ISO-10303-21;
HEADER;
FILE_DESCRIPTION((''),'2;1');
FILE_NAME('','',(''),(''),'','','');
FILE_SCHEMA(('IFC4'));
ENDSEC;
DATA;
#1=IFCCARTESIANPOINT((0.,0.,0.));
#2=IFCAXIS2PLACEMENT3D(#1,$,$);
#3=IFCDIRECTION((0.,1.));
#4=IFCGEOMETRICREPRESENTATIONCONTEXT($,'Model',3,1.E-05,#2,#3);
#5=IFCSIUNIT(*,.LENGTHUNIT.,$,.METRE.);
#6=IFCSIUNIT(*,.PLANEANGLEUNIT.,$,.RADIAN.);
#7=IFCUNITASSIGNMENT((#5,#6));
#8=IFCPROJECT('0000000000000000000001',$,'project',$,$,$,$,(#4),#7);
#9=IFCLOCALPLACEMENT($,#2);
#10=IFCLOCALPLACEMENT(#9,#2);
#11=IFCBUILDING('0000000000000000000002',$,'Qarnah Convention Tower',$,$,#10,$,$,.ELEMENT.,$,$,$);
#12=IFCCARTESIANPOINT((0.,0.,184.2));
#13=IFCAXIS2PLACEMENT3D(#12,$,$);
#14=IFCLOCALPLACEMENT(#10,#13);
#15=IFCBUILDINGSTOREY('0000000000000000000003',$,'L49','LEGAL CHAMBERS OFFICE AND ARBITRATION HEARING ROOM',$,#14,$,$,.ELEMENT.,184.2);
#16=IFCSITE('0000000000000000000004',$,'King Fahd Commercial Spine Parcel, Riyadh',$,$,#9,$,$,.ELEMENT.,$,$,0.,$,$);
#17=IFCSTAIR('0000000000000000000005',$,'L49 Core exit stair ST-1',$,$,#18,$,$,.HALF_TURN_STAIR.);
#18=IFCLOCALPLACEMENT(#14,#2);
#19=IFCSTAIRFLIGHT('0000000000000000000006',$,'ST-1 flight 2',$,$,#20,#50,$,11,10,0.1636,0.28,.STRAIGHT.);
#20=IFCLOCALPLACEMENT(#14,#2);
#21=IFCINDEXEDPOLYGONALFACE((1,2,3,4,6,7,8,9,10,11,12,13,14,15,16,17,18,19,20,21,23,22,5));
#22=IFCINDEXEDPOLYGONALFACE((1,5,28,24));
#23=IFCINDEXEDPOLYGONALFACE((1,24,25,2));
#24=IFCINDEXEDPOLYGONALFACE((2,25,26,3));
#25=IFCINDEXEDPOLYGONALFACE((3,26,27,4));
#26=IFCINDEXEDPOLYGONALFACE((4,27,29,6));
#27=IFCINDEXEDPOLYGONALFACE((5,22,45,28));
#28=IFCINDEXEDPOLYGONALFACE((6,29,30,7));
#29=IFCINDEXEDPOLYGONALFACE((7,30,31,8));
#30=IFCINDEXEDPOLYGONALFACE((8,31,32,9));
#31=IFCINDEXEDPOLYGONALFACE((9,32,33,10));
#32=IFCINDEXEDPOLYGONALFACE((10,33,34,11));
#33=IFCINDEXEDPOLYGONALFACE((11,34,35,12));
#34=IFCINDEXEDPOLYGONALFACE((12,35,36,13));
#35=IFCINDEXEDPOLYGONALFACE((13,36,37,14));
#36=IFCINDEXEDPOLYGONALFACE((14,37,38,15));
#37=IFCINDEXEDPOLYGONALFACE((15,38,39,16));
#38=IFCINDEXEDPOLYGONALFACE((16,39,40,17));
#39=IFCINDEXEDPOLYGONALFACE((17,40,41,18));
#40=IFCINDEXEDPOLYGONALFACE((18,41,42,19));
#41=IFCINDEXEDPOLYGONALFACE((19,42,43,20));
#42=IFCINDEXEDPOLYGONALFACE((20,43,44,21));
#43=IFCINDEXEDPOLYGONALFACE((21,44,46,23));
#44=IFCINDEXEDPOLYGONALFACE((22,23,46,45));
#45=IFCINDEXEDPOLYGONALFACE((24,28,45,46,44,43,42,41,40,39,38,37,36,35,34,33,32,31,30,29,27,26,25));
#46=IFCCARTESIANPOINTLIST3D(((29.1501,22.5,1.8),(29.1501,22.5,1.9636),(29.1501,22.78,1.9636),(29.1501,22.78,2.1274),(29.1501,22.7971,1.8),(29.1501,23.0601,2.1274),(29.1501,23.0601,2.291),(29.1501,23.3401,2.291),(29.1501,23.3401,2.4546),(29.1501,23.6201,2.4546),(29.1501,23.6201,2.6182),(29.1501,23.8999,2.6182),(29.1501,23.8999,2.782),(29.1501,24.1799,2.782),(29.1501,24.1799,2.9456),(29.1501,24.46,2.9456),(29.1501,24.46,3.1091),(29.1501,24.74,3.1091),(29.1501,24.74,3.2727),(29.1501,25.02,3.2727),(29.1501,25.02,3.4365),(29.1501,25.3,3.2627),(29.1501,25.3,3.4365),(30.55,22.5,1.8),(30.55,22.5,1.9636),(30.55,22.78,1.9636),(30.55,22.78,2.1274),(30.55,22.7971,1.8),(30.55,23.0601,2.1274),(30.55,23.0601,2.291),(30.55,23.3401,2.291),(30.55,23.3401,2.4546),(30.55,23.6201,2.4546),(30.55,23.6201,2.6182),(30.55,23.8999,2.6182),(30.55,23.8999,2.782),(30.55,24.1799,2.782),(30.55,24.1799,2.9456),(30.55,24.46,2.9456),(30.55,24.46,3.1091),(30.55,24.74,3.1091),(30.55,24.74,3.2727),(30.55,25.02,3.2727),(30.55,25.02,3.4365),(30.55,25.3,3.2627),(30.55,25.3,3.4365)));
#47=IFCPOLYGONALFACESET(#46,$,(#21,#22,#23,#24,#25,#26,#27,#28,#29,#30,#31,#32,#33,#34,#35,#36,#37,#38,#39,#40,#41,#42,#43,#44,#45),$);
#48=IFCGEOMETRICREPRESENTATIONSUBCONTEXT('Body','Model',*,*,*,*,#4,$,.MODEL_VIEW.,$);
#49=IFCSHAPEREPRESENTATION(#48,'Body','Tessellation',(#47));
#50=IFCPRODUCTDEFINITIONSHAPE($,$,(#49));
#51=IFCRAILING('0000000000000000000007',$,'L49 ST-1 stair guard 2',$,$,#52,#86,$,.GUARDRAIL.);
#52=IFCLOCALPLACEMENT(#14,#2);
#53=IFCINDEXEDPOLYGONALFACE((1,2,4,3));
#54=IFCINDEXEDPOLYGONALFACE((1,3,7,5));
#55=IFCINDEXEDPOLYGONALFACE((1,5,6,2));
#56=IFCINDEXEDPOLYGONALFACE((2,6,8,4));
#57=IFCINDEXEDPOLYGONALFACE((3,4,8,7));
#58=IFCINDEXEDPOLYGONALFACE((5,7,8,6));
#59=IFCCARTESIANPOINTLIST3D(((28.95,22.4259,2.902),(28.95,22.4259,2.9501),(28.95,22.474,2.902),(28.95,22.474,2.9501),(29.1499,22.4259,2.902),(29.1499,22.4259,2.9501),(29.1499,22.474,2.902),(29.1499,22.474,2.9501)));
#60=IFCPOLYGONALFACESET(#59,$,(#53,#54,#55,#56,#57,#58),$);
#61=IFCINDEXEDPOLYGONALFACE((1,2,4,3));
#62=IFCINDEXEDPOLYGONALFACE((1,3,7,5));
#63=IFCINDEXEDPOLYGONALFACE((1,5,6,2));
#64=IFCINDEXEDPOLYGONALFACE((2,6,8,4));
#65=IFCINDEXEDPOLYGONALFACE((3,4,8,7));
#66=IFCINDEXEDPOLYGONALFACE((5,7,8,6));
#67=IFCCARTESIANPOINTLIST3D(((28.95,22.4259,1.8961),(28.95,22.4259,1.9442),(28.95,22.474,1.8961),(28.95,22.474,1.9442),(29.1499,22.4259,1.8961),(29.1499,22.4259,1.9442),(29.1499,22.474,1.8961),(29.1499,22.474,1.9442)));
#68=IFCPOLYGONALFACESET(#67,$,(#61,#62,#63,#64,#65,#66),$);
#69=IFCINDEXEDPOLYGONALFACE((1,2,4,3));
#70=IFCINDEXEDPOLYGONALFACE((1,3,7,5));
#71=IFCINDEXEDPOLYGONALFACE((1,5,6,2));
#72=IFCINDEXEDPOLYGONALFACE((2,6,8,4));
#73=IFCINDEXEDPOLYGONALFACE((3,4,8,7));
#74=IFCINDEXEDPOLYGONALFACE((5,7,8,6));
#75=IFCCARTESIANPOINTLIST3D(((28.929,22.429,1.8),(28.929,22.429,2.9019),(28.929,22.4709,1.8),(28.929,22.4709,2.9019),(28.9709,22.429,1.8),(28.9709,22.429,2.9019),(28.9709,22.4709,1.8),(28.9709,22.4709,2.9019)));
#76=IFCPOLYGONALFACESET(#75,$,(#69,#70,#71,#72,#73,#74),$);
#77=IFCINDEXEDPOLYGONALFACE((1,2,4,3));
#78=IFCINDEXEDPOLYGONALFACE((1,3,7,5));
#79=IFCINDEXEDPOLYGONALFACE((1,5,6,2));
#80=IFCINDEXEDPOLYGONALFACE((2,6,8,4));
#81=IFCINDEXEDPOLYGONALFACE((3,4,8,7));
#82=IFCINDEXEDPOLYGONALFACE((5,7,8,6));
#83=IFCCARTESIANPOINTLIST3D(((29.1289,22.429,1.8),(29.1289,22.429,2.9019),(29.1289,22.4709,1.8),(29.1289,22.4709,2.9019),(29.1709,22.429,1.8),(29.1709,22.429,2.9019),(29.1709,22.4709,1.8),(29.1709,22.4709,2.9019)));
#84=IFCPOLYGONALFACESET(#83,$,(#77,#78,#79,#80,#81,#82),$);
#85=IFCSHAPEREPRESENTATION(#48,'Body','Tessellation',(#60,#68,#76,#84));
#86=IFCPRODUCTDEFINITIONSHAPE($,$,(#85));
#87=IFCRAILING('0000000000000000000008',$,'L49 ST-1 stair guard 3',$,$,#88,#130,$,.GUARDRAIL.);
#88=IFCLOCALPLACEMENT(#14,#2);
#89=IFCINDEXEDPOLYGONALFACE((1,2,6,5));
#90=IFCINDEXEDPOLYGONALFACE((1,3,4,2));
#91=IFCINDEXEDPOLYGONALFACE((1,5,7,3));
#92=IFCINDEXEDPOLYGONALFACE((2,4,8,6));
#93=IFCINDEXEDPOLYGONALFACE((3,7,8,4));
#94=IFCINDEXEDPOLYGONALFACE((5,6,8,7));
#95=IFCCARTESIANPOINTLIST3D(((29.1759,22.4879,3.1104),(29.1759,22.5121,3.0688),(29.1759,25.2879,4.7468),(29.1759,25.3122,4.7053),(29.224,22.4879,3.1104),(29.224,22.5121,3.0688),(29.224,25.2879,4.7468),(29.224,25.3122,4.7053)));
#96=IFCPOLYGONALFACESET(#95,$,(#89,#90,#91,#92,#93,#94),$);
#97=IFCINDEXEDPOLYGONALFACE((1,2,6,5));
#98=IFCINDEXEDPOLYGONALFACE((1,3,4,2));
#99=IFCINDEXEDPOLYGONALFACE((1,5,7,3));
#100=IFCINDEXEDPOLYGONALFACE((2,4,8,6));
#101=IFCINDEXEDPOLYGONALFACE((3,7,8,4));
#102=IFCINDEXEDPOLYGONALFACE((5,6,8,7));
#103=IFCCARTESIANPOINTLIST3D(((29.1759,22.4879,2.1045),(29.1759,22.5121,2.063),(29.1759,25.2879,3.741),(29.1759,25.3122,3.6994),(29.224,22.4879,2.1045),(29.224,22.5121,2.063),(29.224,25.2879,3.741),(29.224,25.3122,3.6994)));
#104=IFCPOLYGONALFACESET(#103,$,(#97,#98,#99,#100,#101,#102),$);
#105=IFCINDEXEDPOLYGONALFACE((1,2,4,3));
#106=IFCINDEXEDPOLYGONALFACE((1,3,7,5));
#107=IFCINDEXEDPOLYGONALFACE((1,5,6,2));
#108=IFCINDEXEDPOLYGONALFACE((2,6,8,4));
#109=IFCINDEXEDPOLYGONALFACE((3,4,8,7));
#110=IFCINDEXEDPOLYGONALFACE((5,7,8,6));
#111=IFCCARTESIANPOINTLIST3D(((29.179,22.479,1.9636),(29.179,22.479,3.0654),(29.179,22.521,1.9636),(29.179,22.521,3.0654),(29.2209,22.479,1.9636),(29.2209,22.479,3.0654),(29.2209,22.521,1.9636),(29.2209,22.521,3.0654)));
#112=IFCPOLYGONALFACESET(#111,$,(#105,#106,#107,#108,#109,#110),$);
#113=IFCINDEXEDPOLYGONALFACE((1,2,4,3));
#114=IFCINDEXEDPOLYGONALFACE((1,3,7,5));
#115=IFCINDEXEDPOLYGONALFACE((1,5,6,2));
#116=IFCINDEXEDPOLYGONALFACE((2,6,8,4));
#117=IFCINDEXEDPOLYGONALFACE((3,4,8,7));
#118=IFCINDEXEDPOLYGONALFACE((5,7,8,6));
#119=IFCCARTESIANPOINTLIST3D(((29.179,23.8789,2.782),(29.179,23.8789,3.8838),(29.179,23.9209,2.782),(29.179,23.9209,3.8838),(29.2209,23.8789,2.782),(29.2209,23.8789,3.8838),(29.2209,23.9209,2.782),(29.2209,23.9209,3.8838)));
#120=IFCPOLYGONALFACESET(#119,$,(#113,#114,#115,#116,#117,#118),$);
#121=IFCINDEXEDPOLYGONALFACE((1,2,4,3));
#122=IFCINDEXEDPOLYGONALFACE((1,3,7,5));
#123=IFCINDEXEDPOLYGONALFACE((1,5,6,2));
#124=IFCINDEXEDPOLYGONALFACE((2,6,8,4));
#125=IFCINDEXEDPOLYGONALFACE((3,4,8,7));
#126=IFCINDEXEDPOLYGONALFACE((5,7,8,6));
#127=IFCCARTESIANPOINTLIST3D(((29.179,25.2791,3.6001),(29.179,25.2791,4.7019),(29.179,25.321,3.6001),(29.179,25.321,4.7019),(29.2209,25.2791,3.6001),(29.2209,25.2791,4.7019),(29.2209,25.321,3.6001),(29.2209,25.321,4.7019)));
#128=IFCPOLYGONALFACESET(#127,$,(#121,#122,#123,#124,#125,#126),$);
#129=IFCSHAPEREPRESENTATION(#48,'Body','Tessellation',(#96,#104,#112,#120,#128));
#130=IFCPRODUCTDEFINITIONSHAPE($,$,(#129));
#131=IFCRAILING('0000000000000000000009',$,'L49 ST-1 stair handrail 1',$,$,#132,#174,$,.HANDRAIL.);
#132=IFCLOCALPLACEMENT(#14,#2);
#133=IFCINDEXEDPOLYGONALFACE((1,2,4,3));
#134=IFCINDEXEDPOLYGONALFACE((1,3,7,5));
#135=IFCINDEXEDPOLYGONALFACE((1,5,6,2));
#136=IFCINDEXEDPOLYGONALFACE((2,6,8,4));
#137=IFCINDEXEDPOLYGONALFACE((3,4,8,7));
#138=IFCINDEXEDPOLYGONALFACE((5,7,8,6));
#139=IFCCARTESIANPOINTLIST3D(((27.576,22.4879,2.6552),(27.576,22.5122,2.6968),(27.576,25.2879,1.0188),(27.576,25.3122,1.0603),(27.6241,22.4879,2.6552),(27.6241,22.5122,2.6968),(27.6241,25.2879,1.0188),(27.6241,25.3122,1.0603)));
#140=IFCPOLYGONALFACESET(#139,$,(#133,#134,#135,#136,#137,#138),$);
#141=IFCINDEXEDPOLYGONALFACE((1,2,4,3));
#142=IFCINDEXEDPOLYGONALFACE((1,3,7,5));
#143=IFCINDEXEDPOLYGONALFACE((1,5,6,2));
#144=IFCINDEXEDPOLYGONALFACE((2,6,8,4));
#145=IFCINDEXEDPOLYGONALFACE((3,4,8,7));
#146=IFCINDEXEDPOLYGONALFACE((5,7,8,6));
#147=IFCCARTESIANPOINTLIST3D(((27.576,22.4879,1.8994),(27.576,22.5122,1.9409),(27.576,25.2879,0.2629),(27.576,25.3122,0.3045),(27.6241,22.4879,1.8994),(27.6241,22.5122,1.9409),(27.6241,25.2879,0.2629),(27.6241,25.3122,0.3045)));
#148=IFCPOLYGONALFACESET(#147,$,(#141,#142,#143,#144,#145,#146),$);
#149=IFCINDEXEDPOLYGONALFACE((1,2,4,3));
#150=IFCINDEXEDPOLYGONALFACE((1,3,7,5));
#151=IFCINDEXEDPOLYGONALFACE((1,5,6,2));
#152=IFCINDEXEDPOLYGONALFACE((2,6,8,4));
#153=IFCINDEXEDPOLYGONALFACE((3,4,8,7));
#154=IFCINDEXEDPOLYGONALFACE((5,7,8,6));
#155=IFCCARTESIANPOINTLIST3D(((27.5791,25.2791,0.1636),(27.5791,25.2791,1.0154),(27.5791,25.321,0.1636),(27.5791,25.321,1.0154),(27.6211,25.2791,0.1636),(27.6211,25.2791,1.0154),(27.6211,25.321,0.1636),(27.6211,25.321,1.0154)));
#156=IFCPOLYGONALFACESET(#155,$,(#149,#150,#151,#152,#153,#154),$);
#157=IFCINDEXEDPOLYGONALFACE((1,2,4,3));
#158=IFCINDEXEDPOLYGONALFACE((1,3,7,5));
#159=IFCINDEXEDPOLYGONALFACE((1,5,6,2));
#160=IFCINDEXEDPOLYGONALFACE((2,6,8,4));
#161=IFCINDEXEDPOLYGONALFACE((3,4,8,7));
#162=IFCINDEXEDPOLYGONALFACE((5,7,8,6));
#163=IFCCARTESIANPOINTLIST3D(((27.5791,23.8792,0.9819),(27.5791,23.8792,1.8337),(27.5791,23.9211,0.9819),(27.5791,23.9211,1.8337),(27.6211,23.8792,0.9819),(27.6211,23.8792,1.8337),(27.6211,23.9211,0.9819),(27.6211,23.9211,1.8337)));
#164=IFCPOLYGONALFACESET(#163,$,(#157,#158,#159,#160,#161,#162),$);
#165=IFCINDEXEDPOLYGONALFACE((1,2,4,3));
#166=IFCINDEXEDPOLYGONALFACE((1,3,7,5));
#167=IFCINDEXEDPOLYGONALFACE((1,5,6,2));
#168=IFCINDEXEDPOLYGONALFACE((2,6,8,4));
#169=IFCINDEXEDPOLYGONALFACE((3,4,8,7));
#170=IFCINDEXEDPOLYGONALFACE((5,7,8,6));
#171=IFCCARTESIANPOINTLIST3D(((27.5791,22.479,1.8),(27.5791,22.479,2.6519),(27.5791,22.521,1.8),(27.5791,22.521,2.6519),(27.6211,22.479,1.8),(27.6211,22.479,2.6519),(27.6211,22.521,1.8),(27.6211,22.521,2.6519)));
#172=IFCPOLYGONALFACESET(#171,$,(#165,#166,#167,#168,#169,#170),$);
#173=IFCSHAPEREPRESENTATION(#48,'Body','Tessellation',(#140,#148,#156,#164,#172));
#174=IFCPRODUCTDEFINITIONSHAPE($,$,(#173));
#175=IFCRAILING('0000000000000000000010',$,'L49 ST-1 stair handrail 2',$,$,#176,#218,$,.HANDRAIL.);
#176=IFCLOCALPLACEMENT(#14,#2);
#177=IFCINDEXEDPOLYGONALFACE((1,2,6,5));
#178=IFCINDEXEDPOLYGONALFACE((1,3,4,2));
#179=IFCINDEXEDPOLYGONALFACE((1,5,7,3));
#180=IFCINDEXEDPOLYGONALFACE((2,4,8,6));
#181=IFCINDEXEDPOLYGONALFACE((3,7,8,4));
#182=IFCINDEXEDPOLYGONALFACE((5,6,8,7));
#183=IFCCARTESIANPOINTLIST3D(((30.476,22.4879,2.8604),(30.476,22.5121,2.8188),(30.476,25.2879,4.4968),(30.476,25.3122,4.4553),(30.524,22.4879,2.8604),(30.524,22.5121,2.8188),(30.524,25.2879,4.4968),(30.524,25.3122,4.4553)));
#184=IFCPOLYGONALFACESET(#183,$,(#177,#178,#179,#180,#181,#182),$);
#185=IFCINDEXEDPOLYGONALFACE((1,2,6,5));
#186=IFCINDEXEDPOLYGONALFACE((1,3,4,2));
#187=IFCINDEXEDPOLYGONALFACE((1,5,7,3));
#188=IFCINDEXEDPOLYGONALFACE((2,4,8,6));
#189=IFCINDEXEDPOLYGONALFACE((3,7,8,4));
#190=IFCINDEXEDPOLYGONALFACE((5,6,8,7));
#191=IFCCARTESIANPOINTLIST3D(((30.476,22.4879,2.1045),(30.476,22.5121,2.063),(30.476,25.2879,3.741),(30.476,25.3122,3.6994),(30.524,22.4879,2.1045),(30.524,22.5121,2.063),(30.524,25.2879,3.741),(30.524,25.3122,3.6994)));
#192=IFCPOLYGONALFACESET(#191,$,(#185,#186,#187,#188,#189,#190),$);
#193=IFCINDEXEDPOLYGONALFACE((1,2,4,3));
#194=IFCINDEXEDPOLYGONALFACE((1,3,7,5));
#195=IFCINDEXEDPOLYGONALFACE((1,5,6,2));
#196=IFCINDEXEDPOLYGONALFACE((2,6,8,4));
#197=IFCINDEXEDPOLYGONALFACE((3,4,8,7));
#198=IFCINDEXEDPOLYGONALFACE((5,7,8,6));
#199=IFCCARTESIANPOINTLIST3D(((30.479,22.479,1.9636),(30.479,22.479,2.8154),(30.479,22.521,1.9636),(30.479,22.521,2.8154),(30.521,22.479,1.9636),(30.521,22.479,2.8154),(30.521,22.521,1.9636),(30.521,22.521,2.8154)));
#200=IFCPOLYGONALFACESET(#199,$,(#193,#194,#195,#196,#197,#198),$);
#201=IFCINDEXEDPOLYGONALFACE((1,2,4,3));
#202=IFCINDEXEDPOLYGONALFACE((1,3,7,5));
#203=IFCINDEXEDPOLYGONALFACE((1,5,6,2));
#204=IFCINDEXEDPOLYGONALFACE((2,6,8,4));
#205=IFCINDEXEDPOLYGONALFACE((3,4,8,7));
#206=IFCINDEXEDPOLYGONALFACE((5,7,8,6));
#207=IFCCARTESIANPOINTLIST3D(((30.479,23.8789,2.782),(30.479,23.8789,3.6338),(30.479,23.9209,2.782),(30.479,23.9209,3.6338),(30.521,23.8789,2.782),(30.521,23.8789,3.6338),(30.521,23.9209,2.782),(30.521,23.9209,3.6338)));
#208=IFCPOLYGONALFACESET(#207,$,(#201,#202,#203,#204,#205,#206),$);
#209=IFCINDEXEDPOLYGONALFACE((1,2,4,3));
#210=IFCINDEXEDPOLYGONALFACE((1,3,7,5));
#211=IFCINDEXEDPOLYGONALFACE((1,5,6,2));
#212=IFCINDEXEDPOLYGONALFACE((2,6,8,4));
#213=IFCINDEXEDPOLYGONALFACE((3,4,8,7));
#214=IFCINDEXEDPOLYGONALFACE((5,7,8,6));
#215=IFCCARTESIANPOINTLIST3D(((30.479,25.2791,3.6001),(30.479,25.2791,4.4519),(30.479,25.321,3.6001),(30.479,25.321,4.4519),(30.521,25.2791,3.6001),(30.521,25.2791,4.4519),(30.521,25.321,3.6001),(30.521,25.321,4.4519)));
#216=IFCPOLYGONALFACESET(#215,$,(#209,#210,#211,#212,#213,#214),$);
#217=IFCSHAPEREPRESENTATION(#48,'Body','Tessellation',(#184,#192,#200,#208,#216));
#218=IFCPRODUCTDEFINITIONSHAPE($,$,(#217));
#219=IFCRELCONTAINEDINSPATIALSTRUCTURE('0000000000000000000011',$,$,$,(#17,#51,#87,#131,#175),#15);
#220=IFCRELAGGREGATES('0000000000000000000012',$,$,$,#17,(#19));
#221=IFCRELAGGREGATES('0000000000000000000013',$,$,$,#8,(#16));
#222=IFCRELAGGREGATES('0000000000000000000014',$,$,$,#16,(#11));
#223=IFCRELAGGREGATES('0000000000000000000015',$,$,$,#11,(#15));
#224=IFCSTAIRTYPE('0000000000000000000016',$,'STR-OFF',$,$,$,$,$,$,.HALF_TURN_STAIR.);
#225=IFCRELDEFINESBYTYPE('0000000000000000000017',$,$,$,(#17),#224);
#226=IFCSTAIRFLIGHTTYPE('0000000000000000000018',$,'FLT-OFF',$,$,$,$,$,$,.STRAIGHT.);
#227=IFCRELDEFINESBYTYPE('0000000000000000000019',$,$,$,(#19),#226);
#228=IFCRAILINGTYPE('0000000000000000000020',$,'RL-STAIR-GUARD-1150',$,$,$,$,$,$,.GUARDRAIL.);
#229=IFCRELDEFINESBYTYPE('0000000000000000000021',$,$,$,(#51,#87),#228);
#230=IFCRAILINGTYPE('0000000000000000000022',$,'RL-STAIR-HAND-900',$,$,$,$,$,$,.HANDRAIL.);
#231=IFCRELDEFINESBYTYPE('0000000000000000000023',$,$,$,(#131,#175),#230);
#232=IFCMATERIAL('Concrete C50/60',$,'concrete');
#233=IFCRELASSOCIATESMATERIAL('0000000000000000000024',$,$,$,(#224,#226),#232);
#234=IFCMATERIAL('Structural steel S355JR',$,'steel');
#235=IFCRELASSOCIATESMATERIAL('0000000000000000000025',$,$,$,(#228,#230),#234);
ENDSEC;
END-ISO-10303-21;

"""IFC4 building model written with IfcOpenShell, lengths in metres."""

from ifc_helpers import new_model, si_unit, direction, frame, origin, origin_2d, place, context, subcontext, project, spatial, polyline, rectangle, outline, extrude, material, type_object, element, aggregate, save


model = new_model("IFC4")

# Units and contexts
model_context = context("Model", 3, precision=1e-05, world=origin(), true_north=direction((0.0, 1.0)))
body_context = subcontext(model_context, "Body", "Model", "MODEL_VIEW")
ifc_project = project(units=[si_unit("LENGTHUNIT", "METRE"), si_unit("PLANEANGLEUNIT", "RADIAN")], contexts=[model_context])

# Site, building, storey
site_placement = place(None, origin())
site = spatial("IfcSite", under=ifc_project, at=site_placement, Name="King Fahd Commercial Spine Parcel, Riyadh", CompositionType="ELEMENT", RefElevation=0.0)
building_placement = place(site_placement, origin())
building = spatial("IfcBuilding", under=site, at=building_placement, Name="Qarnah Convention Tower", CompositionType="ELEMENT")
storey_placement = place(building_placement, frame((0.0, 0.0, 184.2)))
storey = spatial("IfcBuildingStorey", under=building, at=storey_placement, Name="L49", Description="LEGAL CHAMBERS OFFICE AND ARBITRATION HEARING ROOM", CompositionType="ELEMENT", Elevation=184.2)

# Shared definitions
ifc_material_1 = material(Name="Structural steel S355JR", Category="steel")

# Stair, stair flight
ifc_material_2 = material(Name="Concrete C50/60", Category="concrete")
stair_type = type_object("IfcStairType", Name="STR-OFF", PredefinedType="HALF_TURN_STAIR", material=ifc_material_2)
stair_placement = place(storey_placement, origin())
stair = element("IfcStair", 1, at=stair_placement, inside=storey, type_object=stair_type, Name="L49 Core exit stair ST-1", PredefinedType="HALF_TURN_STAIR")
stair_flight_type = type_object("IfcStairFlightType", Name="FLT-OFF", PredefinedType="STRAIGHT", material=ifc_material_2)
stair_flight_1_placement = place(storey_placement, frame((29.8501, 22.5, 1.8), z_axis=(0.0, 0.0, 1.0), x_axis=(0.0, 1.0, 0.0)))
stair_flight_1 = element("IfcStairFlight", 2, at=stair_flight_1_placement, type_object=stair_flight_type, Name="ST-1 flight 2", NumberOfRisers=11, NumberOfTreads=10, PredefinedType="STRAIGHT", RiserHeight=0.1636, TreadLength=0.28, context=body_context, shape_type="SweptSolid", body=[
    extrude(outline(polyline([(0.0, 0.0), (0.0, 0.1636), (0.28, 0.1636), (0.28, 0.3274), (0.5601, 0.3274), (0.5601, 0.491), (0.8401, 0.491), (0.8401, 0.6545), (1.1201, 0.6545), (1.1201, 0.8181), (1.3999, 0.8181), (1.3999, 0.9819), (1.6799, 0.9819), (1.6799, 1.1455), (1.96, 1.1455), (1.96, 1.3091), (2.24, 1.3091), (2.24, 1.4727), (2.52, 1.4727), (2.52, 1.6365), (2.8, 1.6365), (2.8, 1.8), (2.8, 1.4626), (0.2971, 0.0), (0.0, 0.0)])), frame((0.0, 0.7, 0.0), z_axis=(0.0, -1.0, 0.0), x_axis=(1.0, 0.0, 0.0)), (0.0, 0.0, 1.0), 1.3999),
])
aggregate(stair, [stair_flight_1])

# Railings
railing_type_1 = type_object("IfcRailingType", Name="RL-STAIR-GUARD-1150", PredefinedType="GUARDRAIL", material=ifc_material_1)
railing_1_placement = place(storey_placement, frame((28.95, 22.45, 1.8)))
element("IfcRailing", 3, at=railing_1_placement, inside=storey, type_object=railing_type_1, Name="L49 ST-1 stair guard 2", PredefinedType="GUARDRAIL", context=body_context, shape_type="SweptSolid", body=[
    extrude(rectangle(XDim=0.0481, YDim=0.0481, at=origin_2d()), frame((0.0, 0.0, 1.126), z_axis=(1.0, 0.0, 0.0), x_axis=(0.0, 1.0, 0.0)), (0.0, 0.0, 1.0), 0.2),
    extrude(rectangle(XDim=0.0481, YDim=0.0481, at=origin_2d()), frame((0.0, 0.0, 0.1201), z_axis=(1.0, 0.0, 0.0), x_axis=(0.0, 1.0, 0.0)), (0.0, 0.0, 1.0), 0.2),
    extrude(rectangle(XDim=0.042, YDim=0.042, at=origin_2d()), origin(), (0.0, 0.0, 1.0), 1.1018),
    extrude(rectangle(XDim=0.042, YDim=0.042, at=origin_2d()), frame((0.2, 0.0, 0.0)), (0.0, 0.0, 1.0), 1.1018),
])
railing_2_placement = place(storey_placement, frame((29.2, 22.5, 1.9636)))
element("IfcRailing", 4, at=railing_2_placement, inside=storey, type_object=railing_type_1, Name="L49 ST-1 stair guard 3", PredefinedType="GUARDRAIL", context=body_context, shape_type="SweptSolid", body=[
    extrude(rectangle(XDim=0.0481, YDim=0.0481, at=origin_2d()), frame((0.0, 0.0, 1.126), z_axis=(0.0, 0.863361, 0.504587), x_axis=(-1.0, 0.0, 0.0)), (0.0, 0.0, 1.0), 3.2432),
    extrude(rectangle(XDim=0.0481, YDim=0.0481, at=origin_2d()), frame((0.0, 0.0, 0.1201), z_axis=(0.0, 0.863361, 0.504587), x_axis=(-1.0, 0.0, 0.0)), (0.0, 0.0, 1.0), 3.2432),
    extrude(rectangle(XDim=0.042, YDim=0.042, at=origin_2d()), origin(), (0.0, 0.0, 1.0), 1.1018),
    extrude(rectangle(XDim=0.042, YDim=0.042, at=origin_2d()), frame((0.0, 1.3999, 0.8184)), (0.0, 0.0, 1.0), 1.1018),
    extrude(rectangle(XDim=0.042, YDim=0.042, at=origin_2d()), frame((0.0, 2.8, 1.6365)), (0.0, 0.0, 1.0), 1.1018),
])
railing_type_2 = type_object("IfcRailingType", Name="RL-STAIR-HAND-900", PredefinedType="HANDRAIL", material=ifc_material_1)
railing_3_placement = place(storey_placement, frame((27.6001, 25.3, 0.1636)))
element("IfcRailing", 5, at=railing_3_placement, inside=storey, type_object=railing_type_2, Name="L49 ST-1 stair handrail 1", PredefinedType="HANDRAIL", context=body_context, shape_type="SweptSolid", body=[
    extrude(rectangle(XDim=0.0481, YDim=0.0481, at=origin_2d()), frame((0.0, 0.0, 0.876), z_axis=(0.0, -0.863361, 0.504587), x_axis=(1.0, 0.0, 0.0)), (0.0, 0.0, 1.0), 3.2432),
    extrude(rectangle(XDim=0.0481, YDim=0.0481, at=origin_2d()), frame((0.0, 0.0, 0.1201), z_axis=(0.0, -0.863361, 0.504587), x_axis=(1.0, 0.0, 0.0)), (0.0, 0.0, 1.0), 3.2432),
    extrude(rectangle(XDim=0.042, YDim=0.042, at=origin_2d()), origin(), (0.0, 0.0, 1.0), 0.8518),
    extrude(rectangle(XDim=0.042, YDim=0.042, at=origin_2d()), frame((0.0, -1.3999, 0.8184)), (0.0, 0.0, 1.0), 0.8518),
    extrude(rectangle(XDim=0.042, YDim=0.042, at=origin_2d()), frame((0.0, -2.8, 1.6365)), (0.0, 0.0, 1.0), 0.8518),
])
railing_4_placement = place(storey_placement, frame((30.5, 22.5, 1.9636)))
element("IfcRailing", 6, at=railing_4_placement, inside=storey, type_object=railing_type_2, Name="L49 ST-1 stair handrail 2", PredefinedType="HANDRAIL", context=body_context, shape_type="SweptSolid", body=[
    extrude(rectangle(XDim=0.0481, YDim=0.0481, at=origin_2d()), frame((0.0, 0.0, 0.876), z_axis=(0.0, 0.863361, 0.504587), x_axis=(-1.0, 0.0, 0.0)), (0.0, 0.0, 1.0), 3.2432),
    extrude(rectangle(XDim=0.0481, YDim=0.0481, at=origin_2d()), frame((0.0, 0.0, 0.1201), z_axis=(0.0, 0.863361, 0.504587), x_axis=(-1.0, 0.0, 0.0)), (0.0, 0.0, 1.0), 3.2432),
    extrude(rectangle(XDim=0.042, YDim=0.042, at=origin_2d()), origin(), (0.0, 0.0, 1.0), 0.8518),
    extrude(rectangle(XDim=0.042, YDim=0.042, at=origin_2d()), frame((0.0, 1.3999, 0.8184)), (0.0, 0.0, 1.0), 0.8518),
    extrude(rectangle(XDim=0.042, YDim=0.042, at=origin_2d()), frame((0.0, 2.8, 1.6365)), (0.0, 0.0, 1.0), 0.8518),
])

save(model, "model.ifc")
